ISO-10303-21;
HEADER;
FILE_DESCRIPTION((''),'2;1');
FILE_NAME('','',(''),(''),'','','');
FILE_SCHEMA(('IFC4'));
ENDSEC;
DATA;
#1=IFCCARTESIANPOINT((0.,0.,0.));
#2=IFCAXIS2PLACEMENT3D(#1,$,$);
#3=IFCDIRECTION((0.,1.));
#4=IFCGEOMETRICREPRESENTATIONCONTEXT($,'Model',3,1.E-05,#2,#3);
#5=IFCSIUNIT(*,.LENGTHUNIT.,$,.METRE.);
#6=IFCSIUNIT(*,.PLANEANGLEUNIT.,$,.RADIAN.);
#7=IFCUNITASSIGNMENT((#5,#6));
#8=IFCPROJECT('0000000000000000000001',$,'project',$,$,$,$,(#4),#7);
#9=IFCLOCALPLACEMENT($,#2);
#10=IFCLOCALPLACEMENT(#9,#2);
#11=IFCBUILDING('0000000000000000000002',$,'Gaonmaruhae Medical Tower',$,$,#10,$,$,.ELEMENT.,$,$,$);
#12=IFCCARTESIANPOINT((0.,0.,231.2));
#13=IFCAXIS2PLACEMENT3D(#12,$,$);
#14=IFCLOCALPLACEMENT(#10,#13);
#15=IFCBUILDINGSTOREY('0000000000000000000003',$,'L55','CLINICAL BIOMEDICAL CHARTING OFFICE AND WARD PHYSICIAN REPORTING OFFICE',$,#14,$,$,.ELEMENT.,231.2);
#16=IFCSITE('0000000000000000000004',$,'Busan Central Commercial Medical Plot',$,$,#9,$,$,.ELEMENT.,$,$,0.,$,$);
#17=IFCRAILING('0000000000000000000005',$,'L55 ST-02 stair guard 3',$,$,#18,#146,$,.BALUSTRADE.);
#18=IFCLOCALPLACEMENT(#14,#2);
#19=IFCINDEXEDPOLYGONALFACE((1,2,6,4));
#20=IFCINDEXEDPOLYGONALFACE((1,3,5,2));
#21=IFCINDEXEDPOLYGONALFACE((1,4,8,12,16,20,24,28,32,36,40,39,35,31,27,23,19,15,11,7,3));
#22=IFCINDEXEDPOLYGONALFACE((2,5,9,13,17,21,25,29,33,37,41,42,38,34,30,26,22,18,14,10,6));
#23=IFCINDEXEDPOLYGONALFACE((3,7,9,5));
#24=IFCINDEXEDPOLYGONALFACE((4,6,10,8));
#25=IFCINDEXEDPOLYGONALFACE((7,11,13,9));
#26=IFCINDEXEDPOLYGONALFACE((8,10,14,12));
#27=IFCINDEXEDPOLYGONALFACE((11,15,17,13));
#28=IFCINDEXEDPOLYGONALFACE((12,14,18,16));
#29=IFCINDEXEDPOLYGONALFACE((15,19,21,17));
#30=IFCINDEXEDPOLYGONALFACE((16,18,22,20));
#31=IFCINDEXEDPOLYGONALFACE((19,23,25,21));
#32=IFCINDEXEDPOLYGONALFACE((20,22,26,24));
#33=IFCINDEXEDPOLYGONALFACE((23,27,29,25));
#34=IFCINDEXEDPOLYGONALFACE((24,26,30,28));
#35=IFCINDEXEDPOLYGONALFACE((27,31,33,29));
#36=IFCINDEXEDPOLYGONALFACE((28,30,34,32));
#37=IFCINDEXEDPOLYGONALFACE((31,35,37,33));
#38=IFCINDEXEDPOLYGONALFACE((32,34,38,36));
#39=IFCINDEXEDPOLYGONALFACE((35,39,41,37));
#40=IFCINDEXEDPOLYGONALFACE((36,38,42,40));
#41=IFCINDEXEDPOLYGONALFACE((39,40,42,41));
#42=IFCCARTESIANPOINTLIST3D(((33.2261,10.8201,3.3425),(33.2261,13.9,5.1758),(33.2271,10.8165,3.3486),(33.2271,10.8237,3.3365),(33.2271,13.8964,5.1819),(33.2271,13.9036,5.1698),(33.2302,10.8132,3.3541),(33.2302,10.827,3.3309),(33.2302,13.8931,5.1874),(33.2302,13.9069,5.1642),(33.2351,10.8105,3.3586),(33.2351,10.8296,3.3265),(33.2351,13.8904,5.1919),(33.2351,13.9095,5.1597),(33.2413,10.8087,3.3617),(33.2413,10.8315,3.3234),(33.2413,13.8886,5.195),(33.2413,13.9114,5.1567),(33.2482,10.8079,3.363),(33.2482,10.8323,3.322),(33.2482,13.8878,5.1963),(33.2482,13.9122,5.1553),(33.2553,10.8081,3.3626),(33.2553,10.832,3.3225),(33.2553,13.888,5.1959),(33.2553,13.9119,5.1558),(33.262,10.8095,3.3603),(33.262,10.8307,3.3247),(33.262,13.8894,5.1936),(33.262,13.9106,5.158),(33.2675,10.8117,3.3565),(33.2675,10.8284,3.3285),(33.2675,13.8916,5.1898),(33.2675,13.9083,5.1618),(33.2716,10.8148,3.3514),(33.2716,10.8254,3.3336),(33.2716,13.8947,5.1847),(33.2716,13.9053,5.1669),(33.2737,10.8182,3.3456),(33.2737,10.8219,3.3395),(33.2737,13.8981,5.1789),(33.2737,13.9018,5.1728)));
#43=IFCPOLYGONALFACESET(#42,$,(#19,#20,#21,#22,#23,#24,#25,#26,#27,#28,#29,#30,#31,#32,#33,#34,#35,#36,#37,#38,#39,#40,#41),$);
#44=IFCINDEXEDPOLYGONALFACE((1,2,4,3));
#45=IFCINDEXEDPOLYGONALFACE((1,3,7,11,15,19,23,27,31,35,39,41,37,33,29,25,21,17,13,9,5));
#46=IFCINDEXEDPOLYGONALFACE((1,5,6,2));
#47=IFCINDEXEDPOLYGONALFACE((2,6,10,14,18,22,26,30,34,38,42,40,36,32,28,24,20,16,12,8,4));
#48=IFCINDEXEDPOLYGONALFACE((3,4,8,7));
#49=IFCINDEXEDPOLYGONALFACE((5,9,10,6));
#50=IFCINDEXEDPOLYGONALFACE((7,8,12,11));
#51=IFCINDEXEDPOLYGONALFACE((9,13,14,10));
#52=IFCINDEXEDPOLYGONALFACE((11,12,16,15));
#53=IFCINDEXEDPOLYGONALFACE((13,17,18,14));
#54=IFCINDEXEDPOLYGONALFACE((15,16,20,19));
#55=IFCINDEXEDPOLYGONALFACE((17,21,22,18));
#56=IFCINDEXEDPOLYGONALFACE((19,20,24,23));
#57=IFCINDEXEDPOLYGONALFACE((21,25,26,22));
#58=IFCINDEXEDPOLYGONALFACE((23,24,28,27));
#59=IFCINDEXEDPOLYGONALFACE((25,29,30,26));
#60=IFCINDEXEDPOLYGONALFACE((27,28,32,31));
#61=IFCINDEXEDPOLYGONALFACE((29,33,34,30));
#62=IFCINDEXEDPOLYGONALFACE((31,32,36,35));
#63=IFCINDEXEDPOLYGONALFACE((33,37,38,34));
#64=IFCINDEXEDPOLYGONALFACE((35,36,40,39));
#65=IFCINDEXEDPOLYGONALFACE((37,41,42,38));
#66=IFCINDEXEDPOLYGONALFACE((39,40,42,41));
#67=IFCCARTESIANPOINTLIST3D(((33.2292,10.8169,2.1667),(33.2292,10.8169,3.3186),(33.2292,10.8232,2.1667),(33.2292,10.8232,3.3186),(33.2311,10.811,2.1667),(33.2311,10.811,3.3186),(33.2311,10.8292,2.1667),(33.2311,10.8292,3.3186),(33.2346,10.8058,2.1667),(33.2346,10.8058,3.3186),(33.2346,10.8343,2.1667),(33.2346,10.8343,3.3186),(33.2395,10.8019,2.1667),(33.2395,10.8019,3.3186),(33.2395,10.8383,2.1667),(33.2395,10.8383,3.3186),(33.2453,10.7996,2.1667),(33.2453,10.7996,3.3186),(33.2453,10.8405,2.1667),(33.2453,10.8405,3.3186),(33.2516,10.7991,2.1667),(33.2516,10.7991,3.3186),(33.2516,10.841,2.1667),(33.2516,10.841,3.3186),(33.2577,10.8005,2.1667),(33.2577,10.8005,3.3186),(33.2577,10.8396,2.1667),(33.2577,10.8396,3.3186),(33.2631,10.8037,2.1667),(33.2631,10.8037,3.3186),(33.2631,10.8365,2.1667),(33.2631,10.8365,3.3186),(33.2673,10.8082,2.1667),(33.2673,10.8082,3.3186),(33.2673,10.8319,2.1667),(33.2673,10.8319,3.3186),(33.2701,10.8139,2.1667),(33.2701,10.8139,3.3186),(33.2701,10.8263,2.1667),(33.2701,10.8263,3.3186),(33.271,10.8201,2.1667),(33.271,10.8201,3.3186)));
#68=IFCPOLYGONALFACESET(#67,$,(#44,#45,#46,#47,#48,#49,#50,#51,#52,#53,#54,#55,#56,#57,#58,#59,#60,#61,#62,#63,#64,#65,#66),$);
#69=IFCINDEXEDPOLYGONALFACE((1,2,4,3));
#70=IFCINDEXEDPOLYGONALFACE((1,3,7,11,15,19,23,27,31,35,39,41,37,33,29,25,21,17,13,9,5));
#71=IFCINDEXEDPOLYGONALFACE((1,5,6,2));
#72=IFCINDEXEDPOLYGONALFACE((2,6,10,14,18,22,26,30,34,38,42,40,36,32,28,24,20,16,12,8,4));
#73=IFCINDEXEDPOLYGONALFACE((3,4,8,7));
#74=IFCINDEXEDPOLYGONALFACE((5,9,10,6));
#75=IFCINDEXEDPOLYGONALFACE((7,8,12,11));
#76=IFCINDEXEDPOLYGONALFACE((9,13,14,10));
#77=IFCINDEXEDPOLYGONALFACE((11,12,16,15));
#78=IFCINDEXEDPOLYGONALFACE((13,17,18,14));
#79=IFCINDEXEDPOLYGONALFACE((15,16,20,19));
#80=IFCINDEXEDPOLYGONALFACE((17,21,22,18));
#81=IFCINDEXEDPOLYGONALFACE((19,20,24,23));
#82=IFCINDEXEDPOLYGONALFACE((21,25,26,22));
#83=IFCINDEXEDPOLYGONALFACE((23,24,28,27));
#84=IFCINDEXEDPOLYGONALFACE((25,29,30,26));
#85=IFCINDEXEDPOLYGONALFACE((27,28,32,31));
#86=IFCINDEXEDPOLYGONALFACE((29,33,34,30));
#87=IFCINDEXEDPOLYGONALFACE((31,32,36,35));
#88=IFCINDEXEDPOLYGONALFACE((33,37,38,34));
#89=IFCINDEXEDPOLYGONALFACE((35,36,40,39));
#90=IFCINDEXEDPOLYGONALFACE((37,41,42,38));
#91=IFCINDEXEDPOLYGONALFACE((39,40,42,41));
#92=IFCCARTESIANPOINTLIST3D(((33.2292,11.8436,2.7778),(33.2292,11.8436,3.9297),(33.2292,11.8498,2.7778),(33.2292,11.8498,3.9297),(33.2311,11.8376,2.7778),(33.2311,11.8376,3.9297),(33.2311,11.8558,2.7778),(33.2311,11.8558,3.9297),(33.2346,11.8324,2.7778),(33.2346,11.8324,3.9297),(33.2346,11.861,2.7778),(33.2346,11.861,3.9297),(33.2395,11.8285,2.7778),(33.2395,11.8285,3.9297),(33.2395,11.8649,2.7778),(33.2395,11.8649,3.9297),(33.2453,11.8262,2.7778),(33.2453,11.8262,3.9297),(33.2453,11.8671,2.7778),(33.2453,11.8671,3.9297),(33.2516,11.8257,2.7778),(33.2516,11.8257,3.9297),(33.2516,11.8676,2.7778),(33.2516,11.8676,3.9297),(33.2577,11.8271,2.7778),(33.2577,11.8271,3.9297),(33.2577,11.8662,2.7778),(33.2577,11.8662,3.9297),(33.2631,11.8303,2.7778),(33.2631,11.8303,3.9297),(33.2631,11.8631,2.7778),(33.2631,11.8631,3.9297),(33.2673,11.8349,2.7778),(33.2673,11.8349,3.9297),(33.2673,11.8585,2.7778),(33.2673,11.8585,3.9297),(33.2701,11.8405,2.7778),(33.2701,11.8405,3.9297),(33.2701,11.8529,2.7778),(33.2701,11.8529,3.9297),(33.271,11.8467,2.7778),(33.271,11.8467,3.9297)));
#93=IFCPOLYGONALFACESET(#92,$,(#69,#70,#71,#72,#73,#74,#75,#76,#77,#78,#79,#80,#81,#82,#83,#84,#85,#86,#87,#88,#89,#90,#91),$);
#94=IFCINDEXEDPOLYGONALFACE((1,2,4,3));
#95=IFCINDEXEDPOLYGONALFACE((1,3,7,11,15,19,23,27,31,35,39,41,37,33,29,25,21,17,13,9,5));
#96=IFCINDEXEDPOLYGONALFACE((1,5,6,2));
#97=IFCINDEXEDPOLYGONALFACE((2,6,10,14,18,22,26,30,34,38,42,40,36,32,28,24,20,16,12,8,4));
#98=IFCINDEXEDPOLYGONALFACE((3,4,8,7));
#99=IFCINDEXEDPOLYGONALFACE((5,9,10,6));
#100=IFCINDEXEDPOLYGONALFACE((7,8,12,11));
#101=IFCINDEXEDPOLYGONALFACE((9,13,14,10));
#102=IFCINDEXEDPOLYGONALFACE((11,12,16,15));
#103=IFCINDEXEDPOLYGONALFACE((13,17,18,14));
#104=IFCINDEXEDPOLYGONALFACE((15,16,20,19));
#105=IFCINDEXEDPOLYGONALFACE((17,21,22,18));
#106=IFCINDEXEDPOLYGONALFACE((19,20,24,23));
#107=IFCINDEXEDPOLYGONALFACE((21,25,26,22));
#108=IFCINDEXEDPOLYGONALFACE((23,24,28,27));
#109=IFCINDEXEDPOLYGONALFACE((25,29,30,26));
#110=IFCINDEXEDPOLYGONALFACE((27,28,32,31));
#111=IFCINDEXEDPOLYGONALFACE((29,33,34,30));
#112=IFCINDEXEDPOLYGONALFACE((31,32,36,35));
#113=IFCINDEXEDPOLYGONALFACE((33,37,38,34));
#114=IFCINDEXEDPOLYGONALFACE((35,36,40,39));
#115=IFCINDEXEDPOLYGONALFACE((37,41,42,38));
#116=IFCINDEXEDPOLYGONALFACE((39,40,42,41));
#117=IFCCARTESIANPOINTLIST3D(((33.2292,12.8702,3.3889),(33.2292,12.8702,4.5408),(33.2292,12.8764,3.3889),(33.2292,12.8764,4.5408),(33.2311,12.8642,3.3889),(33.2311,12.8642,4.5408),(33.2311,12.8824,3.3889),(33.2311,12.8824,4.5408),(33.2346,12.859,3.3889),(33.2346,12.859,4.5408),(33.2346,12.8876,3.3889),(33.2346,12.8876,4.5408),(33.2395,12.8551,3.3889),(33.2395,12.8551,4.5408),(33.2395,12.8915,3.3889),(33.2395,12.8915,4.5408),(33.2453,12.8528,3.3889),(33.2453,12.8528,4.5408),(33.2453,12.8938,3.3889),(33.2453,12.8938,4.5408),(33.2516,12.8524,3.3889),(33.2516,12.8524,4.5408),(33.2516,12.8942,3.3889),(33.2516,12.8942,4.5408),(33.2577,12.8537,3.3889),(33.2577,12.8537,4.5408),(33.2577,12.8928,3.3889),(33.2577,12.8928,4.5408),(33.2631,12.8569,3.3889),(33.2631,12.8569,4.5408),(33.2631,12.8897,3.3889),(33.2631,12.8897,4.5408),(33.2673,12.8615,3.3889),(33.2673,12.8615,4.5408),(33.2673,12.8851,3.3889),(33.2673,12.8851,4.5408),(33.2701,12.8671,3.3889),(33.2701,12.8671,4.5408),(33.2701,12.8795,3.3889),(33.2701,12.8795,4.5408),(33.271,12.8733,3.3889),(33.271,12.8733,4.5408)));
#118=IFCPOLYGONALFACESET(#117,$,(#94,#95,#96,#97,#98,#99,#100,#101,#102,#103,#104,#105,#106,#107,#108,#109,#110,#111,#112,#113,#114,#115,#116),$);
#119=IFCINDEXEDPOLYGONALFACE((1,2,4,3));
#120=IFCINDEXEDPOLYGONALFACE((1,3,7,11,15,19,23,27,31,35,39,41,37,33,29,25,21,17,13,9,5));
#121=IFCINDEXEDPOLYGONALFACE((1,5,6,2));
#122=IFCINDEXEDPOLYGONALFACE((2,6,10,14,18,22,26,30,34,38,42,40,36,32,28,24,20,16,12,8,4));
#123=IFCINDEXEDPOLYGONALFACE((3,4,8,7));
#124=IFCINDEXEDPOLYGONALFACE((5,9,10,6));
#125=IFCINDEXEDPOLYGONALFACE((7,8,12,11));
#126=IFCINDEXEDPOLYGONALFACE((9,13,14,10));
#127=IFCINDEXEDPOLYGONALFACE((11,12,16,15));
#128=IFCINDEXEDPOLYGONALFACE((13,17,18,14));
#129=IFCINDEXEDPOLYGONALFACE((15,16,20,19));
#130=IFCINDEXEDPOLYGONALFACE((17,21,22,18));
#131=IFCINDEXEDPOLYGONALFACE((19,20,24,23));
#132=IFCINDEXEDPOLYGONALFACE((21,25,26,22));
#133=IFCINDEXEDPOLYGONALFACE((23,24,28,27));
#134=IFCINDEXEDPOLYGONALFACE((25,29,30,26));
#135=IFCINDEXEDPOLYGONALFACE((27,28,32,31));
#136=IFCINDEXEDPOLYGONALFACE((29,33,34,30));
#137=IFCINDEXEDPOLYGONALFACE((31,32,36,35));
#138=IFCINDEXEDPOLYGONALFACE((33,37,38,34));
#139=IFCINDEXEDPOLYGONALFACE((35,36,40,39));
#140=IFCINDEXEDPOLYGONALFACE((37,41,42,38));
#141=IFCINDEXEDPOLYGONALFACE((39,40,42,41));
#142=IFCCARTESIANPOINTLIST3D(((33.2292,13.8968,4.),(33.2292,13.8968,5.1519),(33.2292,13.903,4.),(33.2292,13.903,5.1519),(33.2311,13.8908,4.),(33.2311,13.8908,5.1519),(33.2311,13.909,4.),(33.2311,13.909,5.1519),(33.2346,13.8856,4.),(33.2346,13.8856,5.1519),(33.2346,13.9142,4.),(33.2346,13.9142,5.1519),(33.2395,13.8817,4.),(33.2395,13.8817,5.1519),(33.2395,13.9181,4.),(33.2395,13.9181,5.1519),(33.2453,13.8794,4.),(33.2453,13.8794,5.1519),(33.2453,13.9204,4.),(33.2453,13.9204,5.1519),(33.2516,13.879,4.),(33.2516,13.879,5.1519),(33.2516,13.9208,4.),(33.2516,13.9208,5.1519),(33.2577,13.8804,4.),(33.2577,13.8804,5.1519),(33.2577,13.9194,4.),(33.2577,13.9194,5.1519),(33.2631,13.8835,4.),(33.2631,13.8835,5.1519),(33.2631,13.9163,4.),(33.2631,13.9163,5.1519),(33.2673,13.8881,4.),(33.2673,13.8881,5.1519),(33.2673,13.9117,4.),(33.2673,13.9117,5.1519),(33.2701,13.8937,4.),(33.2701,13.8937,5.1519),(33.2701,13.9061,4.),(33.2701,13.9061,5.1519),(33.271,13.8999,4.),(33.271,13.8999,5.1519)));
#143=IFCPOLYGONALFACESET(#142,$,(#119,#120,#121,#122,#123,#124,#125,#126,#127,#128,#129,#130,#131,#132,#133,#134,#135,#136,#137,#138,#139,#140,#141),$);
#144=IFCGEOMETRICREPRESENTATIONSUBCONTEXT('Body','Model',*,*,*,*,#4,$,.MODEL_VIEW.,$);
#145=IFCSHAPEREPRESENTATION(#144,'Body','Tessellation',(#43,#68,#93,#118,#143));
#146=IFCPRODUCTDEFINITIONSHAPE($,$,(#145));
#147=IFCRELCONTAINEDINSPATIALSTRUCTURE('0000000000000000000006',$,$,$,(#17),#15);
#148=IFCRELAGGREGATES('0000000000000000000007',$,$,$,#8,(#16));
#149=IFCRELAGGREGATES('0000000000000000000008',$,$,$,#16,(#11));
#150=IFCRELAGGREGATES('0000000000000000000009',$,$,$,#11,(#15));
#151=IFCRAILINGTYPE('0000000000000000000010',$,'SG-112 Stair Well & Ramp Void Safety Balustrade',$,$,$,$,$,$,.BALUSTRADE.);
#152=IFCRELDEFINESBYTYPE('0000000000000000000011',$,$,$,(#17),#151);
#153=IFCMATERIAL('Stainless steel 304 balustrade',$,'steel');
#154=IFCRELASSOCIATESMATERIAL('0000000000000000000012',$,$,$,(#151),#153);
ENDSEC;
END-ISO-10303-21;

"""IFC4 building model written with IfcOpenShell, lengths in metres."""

from ifc_helpers import new_model, si_unit, direction, frame, origin, origin_2d, place, context, subcontext, project, spatial, circle, extrude, material, type_object, element, save


model = new_model("IFC4")

# Units and contexts
model_context = context("Model", 3, precision=1e-05, world=origin(), true_north=direction((0.0, 1.0)))
body_context = subcontext(model_context, "Body", "Model", "MODEL_VIEW")
ifc_project = project(units=[si_unit("LENGTHUNIT", "METRE"), si_unit("PLANEANGLEUNIT", "RADIAN")], contexts=[model_context])

# Site, building, storey
site_placement = place(None, origin())
site = spatial("IfcSite", under=ifc_project, at=site_placement, Name="Busan Central Commercial Medical Plot", CompositionType="ELEMENT", RefElevation=0.0)
building_placement = place(site_placement, origin())
building = spatial("IfcBuilding", under=site, at=building_placement, Name="Gaonmaruhae Medical Tower", CompositionType="ELEMENT")
storey_placement = place(building_placement, frame((0.0, 0.0, 231.2)))
storey = spatial("IfcBuildingStorey", under=building, at=storey_placement, Name="L55", Description="CLINICAL BIOMEDICAL CHARTING OFFICE AND WARD PHYSICIAN REPORTING OFFICE", CompositionType="ELEMENT", Elevation=231.2)

# Railing
ifc_material_1 = material(Name="Stainless steel 304 balustrade", Category="steel")
railing_type_1 = type_object("IfcRailingType", Name="SG-112 Stair Well & Ramp Void Safety Balustrade", PredefinedType="BALUSTRADE", material=ifc_material_1)
railing_1_placement = place(storey_placement, frame((33.25, 10.8201, 2.1667)))
element("IfcRailing", 1, at=railing_1_placement, inside=storey, type_object=railing_type_1, Name="L55 ST-02 stair guard 3", PredefinedType="BALUSTRADE", context=body_context, shape_type="SweptSolid", body=[
    extrude(circle(Radius=0.0239, at=origin_2d()), frame((0.0, 0.0, 1.1758), z_axis=(0.0, 0.859291, 0.511487), x_axis=(-1.0, 0.0, 0.0)), (0.0, 0.0, 1.0), 3.5842),
    extrude(circle(Radius=0.021, at=origin_2d()), origin(), (0.0, 0.0, 1.0), 1.1519),
    extrude(circle(Radius=0.021, at=origin_2d()), frame((0.0, 1.0266, 0.6111)), (0.0, 0.0, 1.0), 1.1519),
    extrude(circle(Radius=0.021, at=origin_2d()), frame((0.0, 2.0532, 1.2222)), (0.0, 0.0, 1.0), 1.1519),
    extrude(circle(Radius=0.021, at=origin_2d()), frame((0.0, 3.0798, 1.8333)), (0.0, 0.0, 1.0), 1.1519),
])

save(model, "model.ifc")
